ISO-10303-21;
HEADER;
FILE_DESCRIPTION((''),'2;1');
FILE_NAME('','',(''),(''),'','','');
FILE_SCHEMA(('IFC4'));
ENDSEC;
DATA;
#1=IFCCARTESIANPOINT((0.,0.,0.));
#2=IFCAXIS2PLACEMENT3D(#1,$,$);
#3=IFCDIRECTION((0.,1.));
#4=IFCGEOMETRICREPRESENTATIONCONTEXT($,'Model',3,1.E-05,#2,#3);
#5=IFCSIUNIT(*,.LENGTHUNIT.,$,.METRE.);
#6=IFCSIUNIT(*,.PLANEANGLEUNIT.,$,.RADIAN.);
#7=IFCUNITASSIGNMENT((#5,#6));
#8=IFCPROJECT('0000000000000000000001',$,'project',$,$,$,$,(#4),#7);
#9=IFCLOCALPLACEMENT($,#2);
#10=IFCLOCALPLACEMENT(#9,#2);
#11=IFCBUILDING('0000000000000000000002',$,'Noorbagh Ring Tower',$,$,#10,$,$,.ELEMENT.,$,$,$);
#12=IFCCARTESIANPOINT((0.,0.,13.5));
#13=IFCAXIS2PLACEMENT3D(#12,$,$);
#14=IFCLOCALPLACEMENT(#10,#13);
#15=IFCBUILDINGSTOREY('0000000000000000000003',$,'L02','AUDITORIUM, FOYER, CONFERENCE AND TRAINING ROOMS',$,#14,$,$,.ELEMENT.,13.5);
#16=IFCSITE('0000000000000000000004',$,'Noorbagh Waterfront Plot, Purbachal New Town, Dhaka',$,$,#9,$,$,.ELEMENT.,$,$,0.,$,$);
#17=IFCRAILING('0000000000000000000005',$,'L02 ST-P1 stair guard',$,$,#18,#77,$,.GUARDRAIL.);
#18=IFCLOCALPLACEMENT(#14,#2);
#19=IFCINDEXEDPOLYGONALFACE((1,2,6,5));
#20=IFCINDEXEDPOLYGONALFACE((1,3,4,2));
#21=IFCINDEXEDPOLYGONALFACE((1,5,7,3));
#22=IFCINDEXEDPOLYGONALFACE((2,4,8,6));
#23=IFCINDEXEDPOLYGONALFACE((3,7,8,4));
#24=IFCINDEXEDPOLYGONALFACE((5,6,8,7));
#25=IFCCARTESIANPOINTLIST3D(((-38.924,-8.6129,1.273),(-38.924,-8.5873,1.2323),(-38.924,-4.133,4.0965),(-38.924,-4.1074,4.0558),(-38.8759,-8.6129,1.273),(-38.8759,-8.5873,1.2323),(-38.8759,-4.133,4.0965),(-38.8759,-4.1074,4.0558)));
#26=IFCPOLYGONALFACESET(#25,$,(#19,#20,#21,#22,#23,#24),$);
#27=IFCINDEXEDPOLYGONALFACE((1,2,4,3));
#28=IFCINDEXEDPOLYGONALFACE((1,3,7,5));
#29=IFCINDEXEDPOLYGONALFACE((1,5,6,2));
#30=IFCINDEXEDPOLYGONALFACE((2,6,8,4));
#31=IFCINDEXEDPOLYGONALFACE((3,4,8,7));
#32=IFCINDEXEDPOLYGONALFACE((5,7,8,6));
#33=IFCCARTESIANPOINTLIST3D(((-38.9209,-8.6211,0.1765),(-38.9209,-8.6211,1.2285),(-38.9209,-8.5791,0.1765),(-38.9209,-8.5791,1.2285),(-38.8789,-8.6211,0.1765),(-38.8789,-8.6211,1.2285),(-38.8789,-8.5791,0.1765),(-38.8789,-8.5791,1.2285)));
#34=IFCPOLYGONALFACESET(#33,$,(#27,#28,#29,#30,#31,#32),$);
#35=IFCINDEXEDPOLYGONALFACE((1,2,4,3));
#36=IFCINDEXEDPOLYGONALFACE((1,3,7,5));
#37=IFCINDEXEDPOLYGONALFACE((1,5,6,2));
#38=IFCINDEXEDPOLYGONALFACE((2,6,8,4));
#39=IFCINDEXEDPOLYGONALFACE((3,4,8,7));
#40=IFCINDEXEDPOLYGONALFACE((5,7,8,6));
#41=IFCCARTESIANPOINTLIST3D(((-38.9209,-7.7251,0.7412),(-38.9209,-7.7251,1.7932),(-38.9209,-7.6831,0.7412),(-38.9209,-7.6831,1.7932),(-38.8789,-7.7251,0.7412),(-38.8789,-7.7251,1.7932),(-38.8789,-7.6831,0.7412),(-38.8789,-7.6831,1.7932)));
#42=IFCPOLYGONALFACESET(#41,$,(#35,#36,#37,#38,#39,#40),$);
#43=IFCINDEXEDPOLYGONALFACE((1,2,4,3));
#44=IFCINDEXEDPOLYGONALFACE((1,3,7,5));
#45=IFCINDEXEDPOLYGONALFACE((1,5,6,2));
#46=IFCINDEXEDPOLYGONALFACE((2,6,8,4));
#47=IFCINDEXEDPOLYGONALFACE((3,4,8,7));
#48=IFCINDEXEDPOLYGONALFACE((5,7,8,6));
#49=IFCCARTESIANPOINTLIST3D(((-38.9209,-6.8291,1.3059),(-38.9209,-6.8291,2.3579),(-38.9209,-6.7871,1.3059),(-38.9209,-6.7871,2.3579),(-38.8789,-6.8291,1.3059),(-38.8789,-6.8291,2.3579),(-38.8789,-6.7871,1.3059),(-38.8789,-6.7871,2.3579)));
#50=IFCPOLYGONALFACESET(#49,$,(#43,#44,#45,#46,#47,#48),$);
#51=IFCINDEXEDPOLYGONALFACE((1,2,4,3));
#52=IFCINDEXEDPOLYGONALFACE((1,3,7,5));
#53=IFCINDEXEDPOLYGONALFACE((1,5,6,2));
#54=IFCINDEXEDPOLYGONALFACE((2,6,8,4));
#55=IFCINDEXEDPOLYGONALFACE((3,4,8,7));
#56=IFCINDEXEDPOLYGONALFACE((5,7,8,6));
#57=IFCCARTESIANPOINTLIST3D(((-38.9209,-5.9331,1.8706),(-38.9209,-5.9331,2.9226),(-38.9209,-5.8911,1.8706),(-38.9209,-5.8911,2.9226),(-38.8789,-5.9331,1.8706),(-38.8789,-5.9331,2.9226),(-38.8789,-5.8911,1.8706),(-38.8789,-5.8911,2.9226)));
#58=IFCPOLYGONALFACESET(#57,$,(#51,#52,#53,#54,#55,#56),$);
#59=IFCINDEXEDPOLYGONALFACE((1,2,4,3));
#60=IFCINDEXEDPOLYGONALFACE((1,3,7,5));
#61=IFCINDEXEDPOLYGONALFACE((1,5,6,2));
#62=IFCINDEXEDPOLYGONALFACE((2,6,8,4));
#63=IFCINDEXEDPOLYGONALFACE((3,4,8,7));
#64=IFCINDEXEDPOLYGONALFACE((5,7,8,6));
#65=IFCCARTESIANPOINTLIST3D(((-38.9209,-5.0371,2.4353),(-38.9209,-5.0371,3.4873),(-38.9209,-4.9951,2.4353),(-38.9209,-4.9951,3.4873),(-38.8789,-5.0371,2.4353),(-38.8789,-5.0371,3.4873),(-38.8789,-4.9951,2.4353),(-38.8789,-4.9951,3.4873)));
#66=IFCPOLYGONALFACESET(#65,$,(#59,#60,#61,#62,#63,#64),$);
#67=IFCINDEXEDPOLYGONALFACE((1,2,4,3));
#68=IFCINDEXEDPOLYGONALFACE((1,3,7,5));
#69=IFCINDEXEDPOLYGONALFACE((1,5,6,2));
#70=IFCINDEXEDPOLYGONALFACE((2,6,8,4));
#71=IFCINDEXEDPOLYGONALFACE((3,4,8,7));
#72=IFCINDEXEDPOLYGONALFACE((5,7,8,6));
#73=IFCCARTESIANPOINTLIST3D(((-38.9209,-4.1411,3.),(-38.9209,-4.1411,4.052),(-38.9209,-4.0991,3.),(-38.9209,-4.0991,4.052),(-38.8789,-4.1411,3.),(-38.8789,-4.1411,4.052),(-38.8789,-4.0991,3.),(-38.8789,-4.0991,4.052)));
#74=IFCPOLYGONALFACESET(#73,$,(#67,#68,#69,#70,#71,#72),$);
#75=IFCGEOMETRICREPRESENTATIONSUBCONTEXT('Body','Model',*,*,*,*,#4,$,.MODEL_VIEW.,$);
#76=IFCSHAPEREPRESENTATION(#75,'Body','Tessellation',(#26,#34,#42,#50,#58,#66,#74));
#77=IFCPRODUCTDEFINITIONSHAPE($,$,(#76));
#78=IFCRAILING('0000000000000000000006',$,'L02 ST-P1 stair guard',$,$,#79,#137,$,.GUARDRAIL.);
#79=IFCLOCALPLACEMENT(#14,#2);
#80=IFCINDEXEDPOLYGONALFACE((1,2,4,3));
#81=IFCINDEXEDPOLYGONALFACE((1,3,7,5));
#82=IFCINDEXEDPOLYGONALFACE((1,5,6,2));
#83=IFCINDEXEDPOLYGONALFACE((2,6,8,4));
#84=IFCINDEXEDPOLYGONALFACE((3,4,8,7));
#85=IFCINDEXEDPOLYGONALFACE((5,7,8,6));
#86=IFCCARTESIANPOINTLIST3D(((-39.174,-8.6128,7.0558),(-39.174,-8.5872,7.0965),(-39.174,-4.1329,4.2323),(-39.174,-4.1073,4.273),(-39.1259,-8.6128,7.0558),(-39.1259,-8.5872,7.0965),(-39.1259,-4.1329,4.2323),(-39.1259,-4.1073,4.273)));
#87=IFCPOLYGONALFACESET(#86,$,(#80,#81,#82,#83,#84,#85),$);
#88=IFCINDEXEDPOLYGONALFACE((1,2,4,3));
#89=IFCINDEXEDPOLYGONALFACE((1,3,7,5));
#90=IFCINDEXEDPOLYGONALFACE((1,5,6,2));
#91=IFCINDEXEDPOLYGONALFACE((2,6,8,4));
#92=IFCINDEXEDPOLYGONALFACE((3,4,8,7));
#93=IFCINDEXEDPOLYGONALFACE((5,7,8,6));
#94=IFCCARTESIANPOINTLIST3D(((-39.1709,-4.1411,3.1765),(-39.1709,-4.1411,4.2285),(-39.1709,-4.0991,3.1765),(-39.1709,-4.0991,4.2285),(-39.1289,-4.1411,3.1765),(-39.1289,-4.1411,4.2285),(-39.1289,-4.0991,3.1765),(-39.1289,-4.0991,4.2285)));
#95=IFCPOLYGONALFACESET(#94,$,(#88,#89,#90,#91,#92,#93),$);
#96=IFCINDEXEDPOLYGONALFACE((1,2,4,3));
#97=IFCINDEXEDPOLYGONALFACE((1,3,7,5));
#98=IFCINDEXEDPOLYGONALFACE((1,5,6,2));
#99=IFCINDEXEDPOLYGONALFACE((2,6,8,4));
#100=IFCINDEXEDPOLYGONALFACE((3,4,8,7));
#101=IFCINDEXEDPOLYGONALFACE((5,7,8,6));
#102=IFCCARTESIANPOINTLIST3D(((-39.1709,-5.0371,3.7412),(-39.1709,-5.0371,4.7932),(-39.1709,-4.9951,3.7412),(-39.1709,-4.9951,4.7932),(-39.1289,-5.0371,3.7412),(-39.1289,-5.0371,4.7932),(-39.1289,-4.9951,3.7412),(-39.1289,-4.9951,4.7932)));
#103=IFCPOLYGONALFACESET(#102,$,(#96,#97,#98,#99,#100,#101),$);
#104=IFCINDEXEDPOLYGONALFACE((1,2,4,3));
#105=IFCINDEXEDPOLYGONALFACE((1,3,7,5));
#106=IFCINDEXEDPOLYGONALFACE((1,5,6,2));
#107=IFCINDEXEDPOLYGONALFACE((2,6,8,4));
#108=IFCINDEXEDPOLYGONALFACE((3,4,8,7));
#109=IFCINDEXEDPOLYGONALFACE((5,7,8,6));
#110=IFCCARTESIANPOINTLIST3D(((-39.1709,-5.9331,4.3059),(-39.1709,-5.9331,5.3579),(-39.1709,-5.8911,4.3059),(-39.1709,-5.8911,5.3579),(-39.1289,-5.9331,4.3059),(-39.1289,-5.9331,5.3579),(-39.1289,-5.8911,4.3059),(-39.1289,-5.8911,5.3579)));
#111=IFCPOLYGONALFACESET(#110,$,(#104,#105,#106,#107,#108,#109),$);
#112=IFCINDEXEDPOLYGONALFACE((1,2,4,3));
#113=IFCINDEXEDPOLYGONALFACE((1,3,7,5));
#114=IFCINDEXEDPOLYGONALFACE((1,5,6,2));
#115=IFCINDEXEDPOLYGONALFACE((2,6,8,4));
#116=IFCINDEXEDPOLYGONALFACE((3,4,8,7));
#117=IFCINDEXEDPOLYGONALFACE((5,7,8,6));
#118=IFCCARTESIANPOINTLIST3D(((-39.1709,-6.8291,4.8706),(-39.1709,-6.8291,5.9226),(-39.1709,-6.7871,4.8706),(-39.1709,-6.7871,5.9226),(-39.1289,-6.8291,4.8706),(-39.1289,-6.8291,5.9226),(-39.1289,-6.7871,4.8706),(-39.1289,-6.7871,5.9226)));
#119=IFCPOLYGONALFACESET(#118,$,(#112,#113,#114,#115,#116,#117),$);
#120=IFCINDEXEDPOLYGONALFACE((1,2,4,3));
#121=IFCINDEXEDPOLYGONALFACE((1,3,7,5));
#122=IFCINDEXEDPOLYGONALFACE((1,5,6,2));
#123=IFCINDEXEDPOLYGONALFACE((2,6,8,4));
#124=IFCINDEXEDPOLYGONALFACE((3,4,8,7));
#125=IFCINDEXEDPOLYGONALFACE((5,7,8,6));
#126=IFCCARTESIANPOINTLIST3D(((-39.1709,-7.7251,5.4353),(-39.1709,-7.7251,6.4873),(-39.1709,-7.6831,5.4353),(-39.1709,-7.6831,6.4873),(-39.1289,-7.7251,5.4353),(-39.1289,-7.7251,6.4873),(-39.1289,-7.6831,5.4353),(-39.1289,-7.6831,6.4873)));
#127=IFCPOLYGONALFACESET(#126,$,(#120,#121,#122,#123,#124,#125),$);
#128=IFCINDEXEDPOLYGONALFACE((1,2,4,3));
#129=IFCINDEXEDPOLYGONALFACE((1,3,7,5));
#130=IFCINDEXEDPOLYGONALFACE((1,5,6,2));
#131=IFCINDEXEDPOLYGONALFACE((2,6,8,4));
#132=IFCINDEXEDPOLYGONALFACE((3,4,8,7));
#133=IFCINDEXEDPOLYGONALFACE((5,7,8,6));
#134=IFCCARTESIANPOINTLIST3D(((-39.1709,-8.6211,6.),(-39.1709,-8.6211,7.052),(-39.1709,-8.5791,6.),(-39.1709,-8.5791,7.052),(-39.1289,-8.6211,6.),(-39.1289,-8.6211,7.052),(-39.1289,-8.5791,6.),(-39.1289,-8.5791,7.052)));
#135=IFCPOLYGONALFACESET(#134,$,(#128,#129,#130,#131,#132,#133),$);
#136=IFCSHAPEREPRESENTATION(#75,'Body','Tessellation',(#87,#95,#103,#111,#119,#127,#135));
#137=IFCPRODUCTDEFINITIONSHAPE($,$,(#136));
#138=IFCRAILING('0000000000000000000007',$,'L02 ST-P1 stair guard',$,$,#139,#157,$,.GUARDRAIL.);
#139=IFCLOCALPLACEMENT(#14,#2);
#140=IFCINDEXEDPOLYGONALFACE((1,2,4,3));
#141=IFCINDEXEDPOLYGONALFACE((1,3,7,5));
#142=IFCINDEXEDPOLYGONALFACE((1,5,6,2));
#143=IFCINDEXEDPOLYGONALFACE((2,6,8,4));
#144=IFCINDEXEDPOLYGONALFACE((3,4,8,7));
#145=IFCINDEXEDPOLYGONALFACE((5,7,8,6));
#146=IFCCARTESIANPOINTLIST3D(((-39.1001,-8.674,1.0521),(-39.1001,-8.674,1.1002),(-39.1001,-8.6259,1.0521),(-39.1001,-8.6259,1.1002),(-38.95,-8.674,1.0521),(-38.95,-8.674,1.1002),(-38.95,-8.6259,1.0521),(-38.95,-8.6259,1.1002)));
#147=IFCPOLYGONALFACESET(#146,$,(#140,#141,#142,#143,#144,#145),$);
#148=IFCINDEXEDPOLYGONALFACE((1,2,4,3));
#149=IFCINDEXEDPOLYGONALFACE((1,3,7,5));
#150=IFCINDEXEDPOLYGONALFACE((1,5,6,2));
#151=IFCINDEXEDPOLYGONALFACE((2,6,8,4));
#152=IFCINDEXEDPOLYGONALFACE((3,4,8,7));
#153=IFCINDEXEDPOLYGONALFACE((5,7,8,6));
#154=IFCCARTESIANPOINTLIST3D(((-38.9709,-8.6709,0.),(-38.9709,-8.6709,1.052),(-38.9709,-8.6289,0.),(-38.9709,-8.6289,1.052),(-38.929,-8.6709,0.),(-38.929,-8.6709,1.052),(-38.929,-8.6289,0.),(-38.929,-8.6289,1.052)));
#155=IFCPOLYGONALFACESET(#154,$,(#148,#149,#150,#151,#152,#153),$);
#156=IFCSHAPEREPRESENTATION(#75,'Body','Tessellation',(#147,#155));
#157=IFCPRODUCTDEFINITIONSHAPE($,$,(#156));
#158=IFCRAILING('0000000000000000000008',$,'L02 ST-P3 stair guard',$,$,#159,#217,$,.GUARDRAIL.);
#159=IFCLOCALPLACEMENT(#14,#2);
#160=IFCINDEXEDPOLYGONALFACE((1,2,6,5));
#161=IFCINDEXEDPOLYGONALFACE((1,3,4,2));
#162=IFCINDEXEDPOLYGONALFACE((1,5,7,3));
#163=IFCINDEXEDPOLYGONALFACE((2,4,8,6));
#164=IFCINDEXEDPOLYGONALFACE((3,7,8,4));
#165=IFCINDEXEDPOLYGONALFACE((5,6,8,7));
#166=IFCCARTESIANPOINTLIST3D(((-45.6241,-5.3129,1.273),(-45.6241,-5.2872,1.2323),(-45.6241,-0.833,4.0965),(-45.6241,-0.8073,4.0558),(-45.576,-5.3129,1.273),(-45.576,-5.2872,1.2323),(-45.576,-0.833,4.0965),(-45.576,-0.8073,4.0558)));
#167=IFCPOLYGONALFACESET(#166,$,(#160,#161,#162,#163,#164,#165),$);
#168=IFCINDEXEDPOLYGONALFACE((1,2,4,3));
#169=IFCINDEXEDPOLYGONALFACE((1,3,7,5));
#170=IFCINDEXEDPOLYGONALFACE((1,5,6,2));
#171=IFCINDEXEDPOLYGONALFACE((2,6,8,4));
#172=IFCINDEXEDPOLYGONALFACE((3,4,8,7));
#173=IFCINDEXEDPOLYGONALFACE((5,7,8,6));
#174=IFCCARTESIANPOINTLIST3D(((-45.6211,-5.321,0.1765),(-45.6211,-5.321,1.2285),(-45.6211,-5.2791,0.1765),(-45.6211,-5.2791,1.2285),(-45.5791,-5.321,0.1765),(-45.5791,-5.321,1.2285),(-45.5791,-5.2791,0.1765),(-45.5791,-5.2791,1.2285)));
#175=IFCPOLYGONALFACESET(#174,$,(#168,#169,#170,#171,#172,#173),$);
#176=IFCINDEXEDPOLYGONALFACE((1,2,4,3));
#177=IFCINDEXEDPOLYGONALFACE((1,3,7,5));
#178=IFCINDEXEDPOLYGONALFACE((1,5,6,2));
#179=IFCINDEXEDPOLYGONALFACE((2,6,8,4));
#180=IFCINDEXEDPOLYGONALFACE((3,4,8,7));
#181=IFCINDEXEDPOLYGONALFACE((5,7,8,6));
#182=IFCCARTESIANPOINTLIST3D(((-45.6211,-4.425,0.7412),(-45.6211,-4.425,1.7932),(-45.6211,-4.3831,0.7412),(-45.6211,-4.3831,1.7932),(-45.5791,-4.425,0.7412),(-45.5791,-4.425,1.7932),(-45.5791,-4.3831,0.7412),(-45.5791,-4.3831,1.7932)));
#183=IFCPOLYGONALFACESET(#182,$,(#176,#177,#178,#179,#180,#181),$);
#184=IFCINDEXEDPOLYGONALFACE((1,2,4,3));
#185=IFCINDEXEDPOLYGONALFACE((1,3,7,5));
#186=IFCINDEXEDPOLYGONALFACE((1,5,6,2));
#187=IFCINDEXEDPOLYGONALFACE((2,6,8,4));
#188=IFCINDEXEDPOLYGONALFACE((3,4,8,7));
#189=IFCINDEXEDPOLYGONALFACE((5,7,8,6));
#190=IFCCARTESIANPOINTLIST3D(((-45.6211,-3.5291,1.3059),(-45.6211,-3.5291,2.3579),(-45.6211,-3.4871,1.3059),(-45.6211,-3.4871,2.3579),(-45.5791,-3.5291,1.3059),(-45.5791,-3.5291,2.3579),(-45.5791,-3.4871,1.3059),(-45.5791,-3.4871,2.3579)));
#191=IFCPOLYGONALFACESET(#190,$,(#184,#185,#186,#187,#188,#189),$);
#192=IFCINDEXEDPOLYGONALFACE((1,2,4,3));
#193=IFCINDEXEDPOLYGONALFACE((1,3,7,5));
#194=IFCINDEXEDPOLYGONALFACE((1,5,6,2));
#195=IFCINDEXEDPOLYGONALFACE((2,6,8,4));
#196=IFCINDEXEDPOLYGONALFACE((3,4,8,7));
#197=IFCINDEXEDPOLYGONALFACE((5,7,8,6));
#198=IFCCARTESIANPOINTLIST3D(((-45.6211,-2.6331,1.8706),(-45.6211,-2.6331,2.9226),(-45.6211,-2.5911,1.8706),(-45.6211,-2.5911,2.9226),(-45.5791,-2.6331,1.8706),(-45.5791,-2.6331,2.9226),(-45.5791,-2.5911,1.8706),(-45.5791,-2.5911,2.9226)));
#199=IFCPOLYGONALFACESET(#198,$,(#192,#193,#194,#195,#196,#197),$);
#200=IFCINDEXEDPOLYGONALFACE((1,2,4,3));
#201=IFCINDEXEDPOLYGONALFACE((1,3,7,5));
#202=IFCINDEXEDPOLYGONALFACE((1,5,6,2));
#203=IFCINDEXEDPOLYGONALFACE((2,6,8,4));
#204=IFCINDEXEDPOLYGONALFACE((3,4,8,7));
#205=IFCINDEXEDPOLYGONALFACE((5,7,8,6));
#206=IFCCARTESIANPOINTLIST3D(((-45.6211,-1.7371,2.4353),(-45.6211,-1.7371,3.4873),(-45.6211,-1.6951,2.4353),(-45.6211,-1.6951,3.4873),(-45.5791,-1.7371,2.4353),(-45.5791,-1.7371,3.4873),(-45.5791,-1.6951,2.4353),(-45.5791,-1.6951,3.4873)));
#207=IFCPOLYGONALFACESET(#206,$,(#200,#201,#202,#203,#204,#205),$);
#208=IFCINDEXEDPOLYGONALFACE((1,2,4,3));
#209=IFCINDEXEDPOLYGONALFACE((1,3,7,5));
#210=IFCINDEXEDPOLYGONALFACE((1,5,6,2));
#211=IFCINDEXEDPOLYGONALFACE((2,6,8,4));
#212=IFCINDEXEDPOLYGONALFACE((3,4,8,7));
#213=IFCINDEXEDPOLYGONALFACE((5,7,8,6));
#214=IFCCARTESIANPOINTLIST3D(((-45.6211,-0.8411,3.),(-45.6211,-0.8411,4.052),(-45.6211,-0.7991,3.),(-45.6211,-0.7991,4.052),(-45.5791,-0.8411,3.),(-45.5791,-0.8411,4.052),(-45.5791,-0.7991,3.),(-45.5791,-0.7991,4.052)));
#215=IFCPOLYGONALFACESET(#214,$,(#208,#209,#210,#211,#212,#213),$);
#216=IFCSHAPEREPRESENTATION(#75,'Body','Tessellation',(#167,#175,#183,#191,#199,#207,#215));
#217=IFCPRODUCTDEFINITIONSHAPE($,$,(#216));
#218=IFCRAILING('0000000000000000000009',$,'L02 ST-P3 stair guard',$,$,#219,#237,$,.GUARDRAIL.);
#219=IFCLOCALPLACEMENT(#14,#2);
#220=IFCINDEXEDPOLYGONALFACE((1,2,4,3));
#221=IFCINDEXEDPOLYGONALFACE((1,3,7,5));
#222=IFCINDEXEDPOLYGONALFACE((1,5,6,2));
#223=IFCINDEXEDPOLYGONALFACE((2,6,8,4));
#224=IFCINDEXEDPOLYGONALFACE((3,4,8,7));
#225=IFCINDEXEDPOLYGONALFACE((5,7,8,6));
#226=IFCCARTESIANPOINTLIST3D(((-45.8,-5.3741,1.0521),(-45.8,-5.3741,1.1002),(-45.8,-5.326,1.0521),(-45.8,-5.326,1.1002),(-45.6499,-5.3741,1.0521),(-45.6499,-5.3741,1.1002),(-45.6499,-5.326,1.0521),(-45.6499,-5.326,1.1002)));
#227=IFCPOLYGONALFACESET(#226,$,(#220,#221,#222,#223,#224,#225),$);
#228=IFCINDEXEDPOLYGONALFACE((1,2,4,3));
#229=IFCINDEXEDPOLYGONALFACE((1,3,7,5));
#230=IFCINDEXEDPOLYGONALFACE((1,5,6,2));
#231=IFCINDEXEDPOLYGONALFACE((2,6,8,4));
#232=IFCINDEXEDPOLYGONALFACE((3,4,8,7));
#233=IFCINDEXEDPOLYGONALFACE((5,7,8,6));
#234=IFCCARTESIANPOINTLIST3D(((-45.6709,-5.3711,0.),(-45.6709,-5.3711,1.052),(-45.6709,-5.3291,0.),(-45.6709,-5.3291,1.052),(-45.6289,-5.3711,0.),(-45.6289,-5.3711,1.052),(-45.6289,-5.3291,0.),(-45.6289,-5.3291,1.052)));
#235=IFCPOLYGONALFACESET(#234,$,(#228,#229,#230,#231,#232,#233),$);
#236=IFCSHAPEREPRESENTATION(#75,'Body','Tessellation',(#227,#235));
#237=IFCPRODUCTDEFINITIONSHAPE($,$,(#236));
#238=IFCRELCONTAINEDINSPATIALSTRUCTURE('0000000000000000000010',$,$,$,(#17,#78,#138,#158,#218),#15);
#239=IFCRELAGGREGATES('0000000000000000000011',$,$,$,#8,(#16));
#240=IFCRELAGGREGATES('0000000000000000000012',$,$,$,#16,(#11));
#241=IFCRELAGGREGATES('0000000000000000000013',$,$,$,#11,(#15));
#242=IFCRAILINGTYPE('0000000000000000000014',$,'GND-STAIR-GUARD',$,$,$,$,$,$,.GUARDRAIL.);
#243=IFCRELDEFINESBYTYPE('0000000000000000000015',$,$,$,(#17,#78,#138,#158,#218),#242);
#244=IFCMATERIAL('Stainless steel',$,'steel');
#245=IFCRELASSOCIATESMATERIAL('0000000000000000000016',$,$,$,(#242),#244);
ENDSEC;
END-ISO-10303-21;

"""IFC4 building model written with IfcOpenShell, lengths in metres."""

from ifc_helpers import new_model, si_unit, direction, frame, origin, origin_2d, place, context, subcontext, project, spatial, rectangle, extrude, material, type_object, element, save


model = new_model("IFC4")

# Units and contexts
model_context = context("Model", 3, precision=1e-05, world=origin(), true_north=direction((0.0, 1.0)))
body_context = subcontext(model_context, "Body", "Model", "MODEL_VIEW")
ifc_project = project(units=[si_unit("LENGTHUNIT", "METRE"), si_unit("PLANEANGLEUNIT", "RADIAN")], contexts=[model_context])

# Site, building, storey
site_placement = place(None, origin())
site = spatial("IfcSite", under=ifc_project, at=site_placement, Name="Noorbagh Waterfront Plot, Purbachal New Town, Dhaka", CompositionType="ELEMENT", RefElevation=0.0)
building_placement = place(site_placement, origin())
building = spatial("IfcBuilding", under=site, at=building_placement, Name="Noorbagh Ring Tower", CompositionType="ELEMENT")
storey_placement = place(building_placement, frame((0.0, 0.0, 13.5)))
storey = spatial("IfcBuildingStorey", under=building, at=storey_placement, Name="L02", Description="AUDITORIUM, FOYER, CONFERENCE AND TRAINING ROOMS", CompositionType="ELEMENT", Elevation=13.5)

# Railings
ifc_material_1 = material(Name="Stainless steel", Category="steel")
railing_type_1 = type_object("IfcRailingType", Name="GND-STAIR-GUARD", PredefinedType="GUARDRAIL", material=ifc_material_1)
railing_1_placement = place(storey_placement, frame((-38.8999, -8.6001, 0.1765)))
element("IfcRailing", 1, at=railing_1_placement, inside=storey, type_object=railing_type_1, Name="L02 ST-P1 stair guard", PredefinedType="GUARDRAIL", context=body_context, shape_type="SweptSolid", body=[
    extrude(rectangle(XDim=0.0481, YDim=0.0481, at=origin_2d()), frame((0.0, 0.0, 1.0762), z_axis=(0.0, 0.845998, 0.533186), x_axis=(-1.0, 0.0, 0.0)), (0.0, 0.0, 1.0), 5.2954),
    extrude(rectangle(XDim=0.042, YDim=0.042, at=origin_2d()), origin(), (0.0, 0.0, 1.0), 1.052),
    extrude(rectangle(XDim=0.042, YDim=0.042, at=origin_2d()), frame((0.0, 0.896, 0.5647)), (0.0, 0.0, 1.0), 1.052),
    extrude(rectangle(XDim=0.042, YDim=0.042, at=origin_2d()), frame((0.0, 1.792, 1.1294)), (0.0, 0.0, 1.0), 1.052),
    extrude(rectangle(XDim=0.042, YDim=0.042, at=origin_2d()), frame((0.0, 2.688, 1.6941)), (0.0, 0.0, 1.0), 1.052),
    extrude(rectangle(XDim=0.042, YDim=0.042, at=origin_2d()), frame((0.0, 3.584, 2.2588)), (0.0, 0.0, 1.0), 1.052),
    extrude(rectangle(XDim=0.042, YDim=0.042, at=origin_2d()), frame((0.0, 4.48, 2.8235)), (0.0, 0.0, 1.0), 1.052),
])
railing_2_placement = place(storey_placement, frame((-39.1499, -4.1201, 3.1765)))
element("IfcRailing", 2, at=railing_2_placement, inside=storey, type_object=railing_type_1, Name="L02 ST-P1 stair guard", PredefinedType="GUARDRAIL", context=body_context, shape_type="SweptSolid", body=[
    extrude(rectangle(XDim=0.0481, YDim=0.0481, at=origin_2d()), frame((0.0, 0.0, 1.0762), z_axis=(0.0, -0.845998, 0.533186), x_axis=(1.0, 0.0, 0.0)), (0.0, 0.0, 1.0), 5.2954),
    extrude(rectangle(XDim=0.042, YDim=0.042, at=origin_2d()), origin(), (0.0, 0.0, 1.0), 1.052),
    extrude(rectangle(XDim=0.042, YDim=0.042, at=origin_2d()), frame((0.0, -0.896, 0.5647)), (0.0, 0.0, 1.0), 1.052),
    extrude(rectangle(XDim=0.042, YDim=0.042, at=origin_2d()), frame((0.0, -1.792, 1.1294)), (0.0, 0.0, 1.0), 1.052),
    extrude(rectangle(XDim=0.042, YDim=0.042, at=origin_2d()), frame((0.0, -2.688, 1.6941)), (0.0, 0.0, 1.0), 1.052),
    extrude(rectangle(XDim=0.042, YDim=0.042, at=origin_2d()), frame((0.0, -3.584, 2.2588)), (0.0, 0.0, 1.0), 1.052),
    extrude(rectangle(XDim=0.042, YDim=0.042, at=origin_2d()), frame((0.0, -4.48, 2.8235)), (0.0, 0.0, 1.0), 1.052),
])
railing_3_placement = place(storey_placement, frame((-38.95, -8.6499, 0.0)))
element("IfcRailing", 3, at=railing_3_placement, inside=storey, type_object=railing_type_1, Name="L02 ST-P1 stair guard", PredefinedType="GUARDRAIL", context=body_context, shape_type="SweptSolid", body=[
    extrude(rectangle(XDim=0.0481, YDim=0.0481, at=origin_2d()), frame((0.0, 0.0, 1.0762), z_axis=(-1.0, 0.0, 0.0), x_axis=(0.0, -1.0, 0.0)), (0.0, 0.0, 1.0), 0.1501),
    extrude(rectangle(XDim=0.042, YDim=0.042, at=origin_2d()), origin(), (0.0, 0.0, 1.0), 1.052),
])
railing_4_placement = place(storey_placement, frame((-45.6001, -5.3, 0.1765)))
element("IfcRailing", 4, at=railing_4_placement, inside=storey, type_object=railing_type_1, Name="L02 ST-P3 stair guard", PredefinedType="GUARDRAIL", context=body_context, shape_type="SweptSolid", body=[
    extrude(rectangle(XDim=0.0481, YDim=0.0481, at=origin_2d()), frame((0.0, 0.0, 1.0762), z_axis=(0.0, 0.845998, 0.533186), x_axis=(-1.0, 0.0, 0.0)), (0.0, 0.0, 1.0), 5.2954),
    extrude(rectangle(XDim=0.042, YDim=0.042, at=origin_2d()), origin(), (0.0, 0.0, 1.0), 1.052),
    extrude(rectangle(XDim=0.042, YDim=0.042, at=origin_2d()), frame((0.0, 0.896, 0.5647)), (0.0, 0.0, 1.0), 1.052),
    extrude(rectangle(XDim=0.042, YDim=0.042, at=origin_2d()), frame((0.0, 1.792, 1.1294)), (0.0, 0.0, 1.0), 1.052),
    extrude(rectangle(XDim=0.042, YDim=0.042, at=origin_2d()), frame((0.0, 2.688, 1.6941)), (0.0, 0.0, 1.0), 1.052),
    extrude(rectangle(XDim=0.042, YDim=0.042, at=origin_2d()), frame((0.0, 3.584, 2.2588)), (0.0, 0.0, 1.0), 1.052),
    extrude(rectangle(XDim=0.042, YDim=0.042, at=origin_2d()), frame((0.0, 4.48, 2.8235)), (0.0, 0.0, 1.0), 1.052),
])
railing_5_placement = place(storey_placement, frame((-45.6499, -5.3501, 0.0)))
element("IfcRailing", 5, at=railing_5_placement, inside=storey, type_object=railing_type_1, Name="L02 ST-P3 stair guard", PredefinedType="GUARDRAIL", context=body_context, shape_type="SweptSolid", body=[
    extrude(rectangle(XDim=0.0481, YDim=0.0481, at=origin_2d()), frame((0.0, 0.0, 1.0762), z_axis=(-1.0, 0.0, 0.0), x_axis=(0.0, -1.0, 0.0)), (0.0, 0.0, 1.0), 0.1501),
    extrude(rectangle(XDim=0.042, YDim=0.042, at=origin_2d()), origin(), (0.0, 0.0, 1.0), 1.052),
])

save(model, "model.ifc")
